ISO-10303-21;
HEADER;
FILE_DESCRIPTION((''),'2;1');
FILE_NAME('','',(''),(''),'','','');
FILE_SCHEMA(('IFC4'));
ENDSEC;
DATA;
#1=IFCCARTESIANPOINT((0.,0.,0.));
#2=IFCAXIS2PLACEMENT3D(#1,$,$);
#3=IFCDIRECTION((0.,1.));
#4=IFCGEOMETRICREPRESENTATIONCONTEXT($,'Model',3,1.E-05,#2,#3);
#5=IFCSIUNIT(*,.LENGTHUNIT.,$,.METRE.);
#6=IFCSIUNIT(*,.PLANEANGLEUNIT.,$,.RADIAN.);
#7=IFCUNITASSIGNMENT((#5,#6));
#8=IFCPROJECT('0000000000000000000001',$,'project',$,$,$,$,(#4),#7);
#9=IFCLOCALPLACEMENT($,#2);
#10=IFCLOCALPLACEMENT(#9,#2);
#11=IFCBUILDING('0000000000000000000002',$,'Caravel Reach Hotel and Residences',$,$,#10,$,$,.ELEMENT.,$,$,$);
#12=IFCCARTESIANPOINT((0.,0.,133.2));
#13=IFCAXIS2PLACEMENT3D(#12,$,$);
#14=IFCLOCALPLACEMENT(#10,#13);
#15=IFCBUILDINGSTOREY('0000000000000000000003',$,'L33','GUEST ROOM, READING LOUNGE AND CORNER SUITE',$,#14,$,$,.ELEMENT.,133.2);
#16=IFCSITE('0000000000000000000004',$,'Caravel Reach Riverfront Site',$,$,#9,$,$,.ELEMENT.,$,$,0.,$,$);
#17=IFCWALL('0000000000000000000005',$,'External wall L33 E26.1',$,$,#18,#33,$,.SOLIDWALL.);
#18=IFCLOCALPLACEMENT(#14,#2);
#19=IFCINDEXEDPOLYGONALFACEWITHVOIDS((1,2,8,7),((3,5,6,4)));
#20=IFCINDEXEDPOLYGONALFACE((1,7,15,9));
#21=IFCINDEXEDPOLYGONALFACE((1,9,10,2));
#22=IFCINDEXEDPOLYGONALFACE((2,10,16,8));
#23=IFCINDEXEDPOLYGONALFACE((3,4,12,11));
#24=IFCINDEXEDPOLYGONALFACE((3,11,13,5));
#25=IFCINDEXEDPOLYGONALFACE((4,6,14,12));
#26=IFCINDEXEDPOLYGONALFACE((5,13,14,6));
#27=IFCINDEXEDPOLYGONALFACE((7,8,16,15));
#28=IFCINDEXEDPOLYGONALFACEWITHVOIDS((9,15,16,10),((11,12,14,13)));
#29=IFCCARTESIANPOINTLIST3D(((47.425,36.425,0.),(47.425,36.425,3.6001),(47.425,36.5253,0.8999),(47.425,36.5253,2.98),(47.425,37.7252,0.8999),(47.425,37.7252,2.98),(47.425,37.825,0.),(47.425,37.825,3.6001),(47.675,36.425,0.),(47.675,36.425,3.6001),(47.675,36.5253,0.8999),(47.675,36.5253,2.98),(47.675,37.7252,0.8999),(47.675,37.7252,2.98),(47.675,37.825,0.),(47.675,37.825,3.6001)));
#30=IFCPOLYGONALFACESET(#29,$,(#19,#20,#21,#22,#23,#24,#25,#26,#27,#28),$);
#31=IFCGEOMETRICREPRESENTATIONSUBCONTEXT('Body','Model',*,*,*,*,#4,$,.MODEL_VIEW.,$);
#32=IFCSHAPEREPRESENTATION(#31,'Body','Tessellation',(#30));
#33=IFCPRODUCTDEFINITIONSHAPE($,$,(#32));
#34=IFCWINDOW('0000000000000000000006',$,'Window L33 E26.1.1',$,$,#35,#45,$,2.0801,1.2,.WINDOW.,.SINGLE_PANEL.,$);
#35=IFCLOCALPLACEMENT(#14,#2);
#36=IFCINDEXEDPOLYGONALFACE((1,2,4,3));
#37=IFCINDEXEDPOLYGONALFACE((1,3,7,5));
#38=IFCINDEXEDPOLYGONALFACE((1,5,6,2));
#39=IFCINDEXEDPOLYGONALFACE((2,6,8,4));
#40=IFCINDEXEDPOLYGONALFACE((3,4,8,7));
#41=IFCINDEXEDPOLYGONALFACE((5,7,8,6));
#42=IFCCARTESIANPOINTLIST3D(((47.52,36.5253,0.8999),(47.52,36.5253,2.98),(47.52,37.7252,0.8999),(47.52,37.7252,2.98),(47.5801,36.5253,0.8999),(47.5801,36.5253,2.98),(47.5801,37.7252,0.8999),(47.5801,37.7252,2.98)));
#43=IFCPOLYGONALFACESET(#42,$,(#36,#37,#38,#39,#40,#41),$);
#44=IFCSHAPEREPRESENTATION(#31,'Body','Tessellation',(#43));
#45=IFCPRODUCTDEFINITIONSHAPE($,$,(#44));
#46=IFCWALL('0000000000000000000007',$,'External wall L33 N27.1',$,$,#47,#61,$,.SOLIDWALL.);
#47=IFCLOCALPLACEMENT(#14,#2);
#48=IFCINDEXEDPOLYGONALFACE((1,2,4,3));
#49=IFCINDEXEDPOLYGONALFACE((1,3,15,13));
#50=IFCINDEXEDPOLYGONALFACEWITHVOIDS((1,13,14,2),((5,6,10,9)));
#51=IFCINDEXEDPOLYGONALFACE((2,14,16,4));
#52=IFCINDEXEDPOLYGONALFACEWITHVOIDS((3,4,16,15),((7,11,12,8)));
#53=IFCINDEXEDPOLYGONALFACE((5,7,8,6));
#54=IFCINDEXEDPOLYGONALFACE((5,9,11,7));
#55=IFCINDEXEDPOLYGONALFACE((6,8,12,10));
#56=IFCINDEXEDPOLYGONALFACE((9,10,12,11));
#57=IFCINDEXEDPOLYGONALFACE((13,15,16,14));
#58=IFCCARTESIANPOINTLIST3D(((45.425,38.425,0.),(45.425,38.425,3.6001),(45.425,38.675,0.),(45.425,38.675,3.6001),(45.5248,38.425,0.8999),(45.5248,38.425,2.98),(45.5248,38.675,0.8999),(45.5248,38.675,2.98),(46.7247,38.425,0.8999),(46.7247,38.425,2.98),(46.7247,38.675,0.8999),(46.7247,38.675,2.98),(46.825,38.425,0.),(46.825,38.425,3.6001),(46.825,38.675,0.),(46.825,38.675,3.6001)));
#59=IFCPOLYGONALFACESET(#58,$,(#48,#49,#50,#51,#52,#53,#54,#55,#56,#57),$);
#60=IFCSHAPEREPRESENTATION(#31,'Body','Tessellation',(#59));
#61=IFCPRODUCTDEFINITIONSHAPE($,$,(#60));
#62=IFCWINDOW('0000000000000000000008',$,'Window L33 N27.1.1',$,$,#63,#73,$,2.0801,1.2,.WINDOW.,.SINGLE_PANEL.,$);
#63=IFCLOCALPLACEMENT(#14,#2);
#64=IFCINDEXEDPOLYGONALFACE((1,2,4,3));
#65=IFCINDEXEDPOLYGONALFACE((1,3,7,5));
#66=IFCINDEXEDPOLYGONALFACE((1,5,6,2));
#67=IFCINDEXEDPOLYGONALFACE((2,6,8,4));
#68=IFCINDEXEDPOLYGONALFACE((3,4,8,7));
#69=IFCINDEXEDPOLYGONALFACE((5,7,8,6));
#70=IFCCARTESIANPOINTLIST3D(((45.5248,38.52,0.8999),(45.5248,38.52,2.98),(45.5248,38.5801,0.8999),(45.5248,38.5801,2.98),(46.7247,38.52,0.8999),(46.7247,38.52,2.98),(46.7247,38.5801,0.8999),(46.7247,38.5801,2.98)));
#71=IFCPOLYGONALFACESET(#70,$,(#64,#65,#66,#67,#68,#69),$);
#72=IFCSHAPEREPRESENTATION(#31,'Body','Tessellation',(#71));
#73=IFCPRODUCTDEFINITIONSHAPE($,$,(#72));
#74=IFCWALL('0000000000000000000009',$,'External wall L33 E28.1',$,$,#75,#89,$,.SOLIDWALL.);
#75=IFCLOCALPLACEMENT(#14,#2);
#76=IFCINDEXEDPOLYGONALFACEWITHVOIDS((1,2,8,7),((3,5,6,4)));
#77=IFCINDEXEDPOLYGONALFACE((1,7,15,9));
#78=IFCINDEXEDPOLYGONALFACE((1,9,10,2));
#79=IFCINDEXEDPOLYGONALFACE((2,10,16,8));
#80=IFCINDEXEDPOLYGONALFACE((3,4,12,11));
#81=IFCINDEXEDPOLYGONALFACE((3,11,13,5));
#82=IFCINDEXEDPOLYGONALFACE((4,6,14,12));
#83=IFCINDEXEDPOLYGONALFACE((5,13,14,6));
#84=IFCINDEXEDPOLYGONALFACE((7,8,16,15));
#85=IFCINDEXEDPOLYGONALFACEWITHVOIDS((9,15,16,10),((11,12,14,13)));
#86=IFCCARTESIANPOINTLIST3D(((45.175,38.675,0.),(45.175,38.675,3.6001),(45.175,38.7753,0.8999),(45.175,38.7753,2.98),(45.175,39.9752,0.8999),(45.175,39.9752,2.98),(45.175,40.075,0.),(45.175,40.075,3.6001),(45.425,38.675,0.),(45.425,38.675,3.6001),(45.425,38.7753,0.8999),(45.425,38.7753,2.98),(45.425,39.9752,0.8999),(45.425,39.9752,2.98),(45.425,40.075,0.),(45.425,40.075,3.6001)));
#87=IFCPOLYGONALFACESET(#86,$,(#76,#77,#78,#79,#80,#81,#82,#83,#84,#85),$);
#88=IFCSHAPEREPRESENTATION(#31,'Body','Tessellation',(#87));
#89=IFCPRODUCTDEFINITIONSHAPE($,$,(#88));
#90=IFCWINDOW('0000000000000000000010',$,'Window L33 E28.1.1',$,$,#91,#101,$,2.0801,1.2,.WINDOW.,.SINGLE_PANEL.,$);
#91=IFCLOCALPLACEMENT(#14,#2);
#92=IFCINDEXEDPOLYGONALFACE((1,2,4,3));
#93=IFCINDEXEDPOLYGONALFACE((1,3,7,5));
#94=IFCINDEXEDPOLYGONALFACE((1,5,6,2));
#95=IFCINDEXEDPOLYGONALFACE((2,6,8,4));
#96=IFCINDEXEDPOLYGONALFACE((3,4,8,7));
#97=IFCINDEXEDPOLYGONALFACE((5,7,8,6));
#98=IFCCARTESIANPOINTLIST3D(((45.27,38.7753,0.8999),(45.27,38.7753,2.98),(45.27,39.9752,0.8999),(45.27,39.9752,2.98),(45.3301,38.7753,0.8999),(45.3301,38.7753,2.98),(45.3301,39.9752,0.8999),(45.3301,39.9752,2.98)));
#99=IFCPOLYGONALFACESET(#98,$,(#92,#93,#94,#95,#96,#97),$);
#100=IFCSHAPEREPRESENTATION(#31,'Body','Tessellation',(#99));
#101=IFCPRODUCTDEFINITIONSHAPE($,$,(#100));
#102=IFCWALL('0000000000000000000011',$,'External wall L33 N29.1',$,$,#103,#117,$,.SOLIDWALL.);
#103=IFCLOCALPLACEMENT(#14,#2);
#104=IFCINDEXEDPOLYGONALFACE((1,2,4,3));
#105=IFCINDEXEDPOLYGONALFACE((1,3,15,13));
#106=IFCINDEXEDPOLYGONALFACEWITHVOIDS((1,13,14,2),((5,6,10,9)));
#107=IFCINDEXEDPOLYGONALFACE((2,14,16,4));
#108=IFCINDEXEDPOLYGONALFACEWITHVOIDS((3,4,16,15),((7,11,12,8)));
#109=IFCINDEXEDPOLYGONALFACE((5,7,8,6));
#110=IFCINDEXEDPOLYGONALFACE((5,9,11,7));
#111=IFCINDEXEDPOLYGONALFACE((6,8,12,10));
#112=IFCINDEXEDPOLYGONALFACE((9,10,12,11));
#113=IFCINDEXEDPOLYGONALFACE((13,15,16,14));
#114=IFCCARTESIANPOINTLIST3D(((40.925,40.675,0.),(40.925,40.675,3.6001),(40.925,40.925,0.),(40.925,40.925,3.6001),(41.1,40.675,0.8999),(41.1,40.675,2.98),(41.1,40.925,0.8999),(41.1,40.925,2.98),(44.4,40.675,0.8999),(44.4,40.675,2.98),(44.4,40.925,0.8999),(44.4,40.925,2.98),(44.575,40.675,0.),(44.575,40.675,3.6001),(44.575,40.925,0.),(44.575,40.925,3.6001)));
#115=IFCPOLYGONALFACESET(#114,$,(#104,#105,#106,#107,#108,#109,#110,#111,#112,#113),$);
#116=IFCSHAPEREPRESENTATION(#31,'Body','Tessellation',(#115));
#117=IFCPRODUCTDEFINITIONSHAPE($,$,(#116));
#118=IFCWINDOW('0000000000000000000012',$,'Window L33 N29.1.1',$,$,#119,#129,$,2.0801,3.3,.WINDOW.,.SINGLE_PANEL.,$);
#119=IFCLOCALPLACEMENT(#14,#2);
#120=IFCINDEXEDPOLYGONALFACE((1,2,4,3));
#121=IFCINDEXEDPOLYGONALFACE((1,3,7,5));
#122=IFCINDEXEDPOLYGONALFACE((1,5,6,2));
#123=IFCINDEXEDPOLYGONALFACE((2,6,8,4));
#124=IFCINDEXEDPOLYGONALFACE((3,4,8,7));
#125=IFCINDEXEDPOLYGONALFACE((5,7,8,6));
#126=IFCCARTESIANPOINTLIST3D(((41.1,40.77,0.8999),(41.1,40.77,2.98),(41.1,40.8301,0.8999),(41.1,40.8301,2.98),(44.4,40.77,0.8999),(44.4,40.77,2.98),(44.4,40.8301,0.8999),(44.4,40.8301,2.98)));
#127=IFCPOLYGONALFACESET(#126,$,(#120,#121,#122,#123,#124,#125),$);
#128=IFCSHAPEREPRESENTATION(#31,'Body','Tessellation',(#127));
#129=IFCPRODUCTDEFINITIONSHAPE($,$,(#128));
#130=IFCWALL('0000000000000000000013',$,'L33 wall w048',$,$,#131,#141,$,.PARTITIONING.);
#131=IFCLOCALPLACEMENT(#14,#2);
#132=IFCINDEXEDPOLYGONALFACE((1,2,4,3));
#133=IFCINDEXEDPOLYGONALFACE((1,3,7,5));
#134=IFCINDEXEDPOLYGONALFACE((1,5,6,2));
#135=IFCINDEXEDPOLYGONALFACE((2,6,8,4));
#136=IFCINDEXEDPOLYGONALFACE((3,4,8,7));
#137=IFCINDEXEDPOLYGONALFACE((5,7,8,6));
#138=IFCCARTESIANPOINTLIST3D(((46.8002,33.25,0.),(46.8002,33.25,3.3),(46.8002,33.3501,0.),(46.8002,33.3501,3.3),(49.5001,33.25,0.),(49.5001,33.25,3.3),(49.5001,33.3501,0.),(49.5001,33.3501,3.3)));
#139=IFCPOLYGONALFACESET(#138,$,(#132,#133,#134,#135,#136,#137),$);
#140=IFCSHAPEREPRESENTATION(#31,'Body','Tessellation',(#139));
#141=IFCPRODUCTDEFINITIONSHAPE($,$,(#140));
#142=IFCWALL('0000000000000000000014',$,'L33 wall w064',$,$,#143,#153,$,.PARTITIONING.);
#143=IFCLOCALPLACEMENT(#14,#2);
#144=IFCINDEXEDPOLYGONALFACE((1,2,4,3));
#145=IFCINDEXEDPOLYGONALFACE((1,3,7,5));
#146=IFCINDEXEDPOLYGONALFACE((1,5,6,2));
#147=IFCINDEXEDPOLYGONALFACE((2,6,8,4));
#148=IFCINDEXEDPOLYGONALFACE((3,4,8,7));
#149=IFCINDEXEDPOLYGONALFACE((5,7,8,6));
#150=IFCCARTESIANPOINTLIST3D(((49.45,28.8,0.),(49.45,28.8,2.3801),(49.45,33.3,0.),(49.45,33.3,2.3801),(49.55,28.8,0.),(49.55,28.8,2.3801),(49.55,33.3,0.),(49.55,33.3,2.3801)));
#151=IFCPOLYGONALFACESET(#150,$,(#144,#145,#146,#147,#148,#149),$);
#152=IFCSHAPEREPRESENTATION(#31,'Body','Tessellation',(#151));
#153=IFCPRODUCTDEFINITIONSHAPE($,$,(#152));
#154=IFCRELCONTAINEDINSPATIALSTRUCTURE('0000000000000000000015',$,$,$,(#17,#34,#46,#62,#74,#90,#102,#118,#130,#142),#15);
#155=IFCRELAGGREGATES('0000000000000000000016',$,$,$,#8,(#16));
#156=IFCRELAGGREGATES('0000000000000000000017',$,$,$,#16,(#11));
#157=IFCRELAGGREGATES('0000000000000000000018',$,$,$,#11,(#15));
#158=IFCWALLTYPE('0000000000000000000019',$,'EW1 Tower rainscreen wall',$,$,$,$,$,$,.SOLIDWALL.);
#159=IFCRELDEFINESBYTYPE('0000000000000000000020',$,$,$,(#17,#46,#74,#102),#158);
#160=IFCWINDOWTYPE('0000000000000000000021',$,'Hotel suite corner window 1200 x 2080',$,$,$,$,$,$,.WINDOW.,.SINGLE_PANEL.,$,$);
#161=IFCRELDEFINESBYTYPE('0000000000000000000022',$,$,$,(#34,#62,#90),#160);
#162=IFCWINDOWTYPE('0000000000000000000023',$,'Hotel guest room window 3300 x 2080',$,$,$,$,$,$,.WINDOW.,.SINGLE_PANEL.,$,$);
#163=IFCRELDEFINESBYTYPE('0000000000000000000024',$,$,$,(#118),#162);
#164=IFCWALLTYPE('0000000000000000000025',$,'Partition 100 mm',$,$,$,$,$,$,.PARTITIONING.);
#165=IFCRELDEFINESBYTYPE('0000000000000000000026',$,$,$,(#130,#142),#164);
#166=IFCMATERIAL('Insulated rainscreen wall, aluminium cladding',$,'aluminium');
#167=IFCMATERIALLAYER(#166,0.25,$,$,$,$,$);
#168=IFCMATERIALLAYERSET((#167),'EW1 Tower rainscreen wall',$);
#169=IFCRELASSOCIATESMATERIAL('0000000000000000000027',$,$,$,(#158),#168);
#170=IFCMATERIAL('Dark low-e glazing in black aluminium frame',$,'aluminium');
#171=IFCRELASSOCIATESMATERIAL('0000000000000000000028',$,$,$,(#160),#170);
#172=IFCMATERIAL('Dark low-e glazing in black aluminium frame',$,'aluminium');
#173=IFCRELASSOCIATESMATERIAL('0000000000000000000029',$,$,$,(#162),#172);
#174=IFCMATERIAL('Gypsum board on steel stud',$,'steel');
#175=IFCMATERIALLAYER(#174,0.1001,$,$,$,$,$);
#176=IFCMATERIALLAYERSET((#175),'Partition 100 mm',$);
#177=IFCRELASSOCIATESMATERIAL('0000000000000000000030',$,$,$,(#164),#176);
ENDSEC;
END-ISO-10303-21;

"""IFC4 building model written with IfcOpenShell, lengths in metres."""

from ifc_helpers import new_model, si_unit, direction, frame, frame_2d, origin, place, context, subcontext, project, spatial, rectangle, extrude, material, layer, layer_set, type_object, element, fill, save


model = new_model("IFC4")

# Units and contexts
model_context = context("Model", 3, precision=1e-05, world=origin(), true_north=direction((0.0, 1.0)))
body_context = subcontext(model_context, "Body", "Model", "MODEL_VIEW")
ifc_project = project(units=[si_unit("LENGTHUNIT", "METRE"), si_unit("PLANEANGLEUNIT", "RADIAN")], contexts=[model_context])

# Site, building, storey
site_placement = place(None, origin())
site = spatial("IfcSite", under=ifc_project, at=site_placement, Name="Caravel Reach Riverfront Site", CompositionType="ELEMENT", RefElevation=0.0)
building_placement = place(site_placement, origin())
building = spatial("IfcBuilding", under=site, at=building_placement, Name="Caravel Reach Hotel and Residences", CompositionType="ELEMENT")
storey_placement = place(building_placement, frame((0.0, 0.0, 133.2)))
storey = spatial("IfcBuildingStorey", under=building, at=storey_placement, Name="L33", Description="GUEST ROOM, READING LOUNGE AND CORNER SUITE", CompositionType="ELEMENT", Elevation=133.2)

# Walls, openings, windows
ifc_material_1 = material(Name="Insulated rainscreen wall, aluminium cladding", Category="aluminium")
ifc_layer_1 = layer(ifc_material_1, 0.25)
ifc_layer_set_1 = layer_set([ifc_layer_1], Name="EW1 Tower rainscreen wall")
wall_type_1 = type_object("IfcWallType", Name="EW1 Tower rainscreen wall", PredefinedType="SOLIDWALL", material=ifc_layer_set_1)
ifc_material_2 = material(Name="Dark low-e glazing in black aluminium frame", Category="aluminium")
window_type_1 = type_object("IfcWindowType", Name="Hotel suite corner window 1200 x 2080", PartitioningType="SINGLE_PANEL", PredefinedType="WINDOW", material=ifc_material_2)
wall_1_placement = place(storey_placement, frame((47.55, 36.425, 0.0), z_axis=(0.0, 0.0, 1.0), x_axis=(0.0, 1.0, 0.0)))
wall_1 = element("IfcWall", 1, at=wall_1_placement, inside=storey, type_object=wall_type_1, Name="External wall L33 E26.1", PredefinedType="SOLIDWALL", context=body_context, shape_type="SweptSolid", body=[
    extrude(rectangle(XDim=1.3999, YDim=0.25, at=frame_2d((0.7, 0.0))), origin(), (0.0, 0.0, 1.0), 3.6001),
])
opening_1_placement = place(wall_1_placement, frame((0.1001, 0.0, 0.8999)))
opening_1 = element("IfcOpeningElement", 2, at=opening_1_placement, cuts=wall_1, PredefinedType="OPENING", context=body_context, shape_type="SweptSolid", body=[
    extrude(rectangle(XDim=1.2, YDim=2.0801, at=frame_2d((0.6001, 1.04))), frame((0.0, 0.135, 0.0), z_axis=(0.0, -1.0, 0.0), x_axis=(1.0, 0.0, 0.0)), (0.0, 0.0, 1.0), 0.27),
])
window_1_placement = place(opening_1_placement, origin())
window_1 = element("IfcWindow", 3, at=window_1_placement, inside=storey, type_object=window_type_1, Name="Window L33 E26.1.1", OverallHeight=2.0801, OverallWidth=1.2, PartitioningType="SINGLE_PANEL", PredefinedType="WINDOW", context=body_context, shape_type="SweptSolid", body=[
    extrude(rectangle(XDim=1.2, YDim=2.0801, at=frame_2d((0.6001, 1.04))), frame((0.0, 0.03, 0.0), z_axis=(0.0, -1.0, 0.0), x_axis=(1.0, 0.0, 0.0)), (0.0, 0.0, 1.0), 0.0601),
])
fill(opening_1, window_1)
wall_2_placement = place(storey_placement, frame((46.825, 38.55, 0.0), z_axis=(0.0, 0.0, 1.0), x_axis=(-1.0, 0.0, 0.0)))
wall_2 = element("IfcWall", 4, at=wall_2_placement, inside=storey, type_object=wall_type_1, Name="External wall L33 N27.1", PredefinedType="SOLIDWALL", context=body_context, shape_type="SweptSolid", body=[
    extrude(rectangle(XDim=1.3999, YDim=0.25, at=frame_2d((0.7, 0.0))), origin(), (0.0, 0.0, 1.0), 3.6001),
])
opening_2_placement = place(wall_2_placement, frame((0.1001, 0.0, 0.8999)))
opening_2 = element("IfcOpeningElement", 5, at=opening_2_placement, cuts=wall_2, PredefinedType="OPENING", context=body_context, shape_type="SweptSolid", body=[
    extrude(rectangle(XDim=1.2, YDim=2.0801, at=frame_2d((0.6001, 1.04))), frame((0.0, 0.135, 0.0), z_axis=(0.0, -1.0, 0.0), x_axis=(1.0, 0.0, 0.0)), (0.0, 0.0, 1.0), 0.27),
])
window_2_placement = place(opening_2_placement, origin())
window_2 = element("IfcWindow", 6, at=window_2_placement, inside=storey, type_object=window_type_1, Name="Window L33 N27.1.1", OverallHeight=2.0801, OverallWidth=1.2, PartitioningType="SINGLE_PANEL", PredefinedType="WINDOW", context=body_context, shape_type="SweptSolid", body=[
    extrude(rectangle(XDim=1.2, YDim=2.0801, at=frame_2d((0.6001, 1.04))), frame((0.0, 0.03, 0.0), z_axis=(0.0, -1.0, 0.0), x_axis=(1.0, 0.0, 0.0)), (0.0, 0.0, 1.0), 0.0601),
])
fill(opening_2, window_2)
wall_3_placement = place(storey_placement, frame((45.3, 38.675, 0.0), z_axis=(0.0, 0.0, 1.0), x_axis=(0.0, 1.0, 0.0)))
wall_3 = element("IfcWall", 7, at=wall_3_placement, inside=storey, type_object=wall_type_1, Name="External wall L33 E28.1", PredefinedType="SOLIDWALL", context=body_context, shape_type="SweptSolid", body=[
    extrude(rectangle(XDim=1.3999, YDim=0.25, at=frame_2d((0.7, 0.0))), origin(), (0.0, 0.0, 1.0), 3.6001),
])
opening_3_placement = place(wall_3_placement, frame((0.1001, 0.0, 0.8999)))
opening_3 = element("IfcOpeningElement", 8, at=opening_3_placement, cuts=wall_3, PredefinedType="OPENING", context=body_context, shape_type="SweptSolid", body=[
    extrude(rectangle(XDim=1.2, YDim=2.0801, at=frame_2d((0.6001, 1.04))), frame((0.0, 0.135, 0.0), z_axis=(0.0, -1.0, 0.0), x_axis=(1.0, 0.0, 0.0)), (0.0, 0.0, 1.0), 0.27),
])
window_3_placement = place(opening_3_placement, origin())
window_3 = element("IfcWindow", 9, at=window_3_placement, inside=storey, type_object=window_type_1, Name="Window L33 E28.1.1", OverallHeight=2.0801, OverallWidth=1.2, PartitioningType="SINGLE_PANEL", PredefinedType="WINDOW", context=body_context, shape_type="SweptSolid", body=[
    extrude(rectangle(XDim=1.2, YDim=2.0801, at=frame_2d((0.6001, 1.04))), frame((0.0, 0.03, 0.0), z_axis=(0.0, -1.0, 0.0), x_axis=(1.0, 0.0, 0.0)), (0.0, 0.0, 1.0), 0.0601),
])
fill(opening_3, window_3)
wall_4_placement = place(storey_placement, frame((44.575, 40.8, 0.0), z_axis=(0.0, 0.0, 1.0), x_axis=(-1.0, 0.0, 0.0)))
wall_4 = element("IfcWall", 10, at=wall_4_placement, inside=storey, type_object=wall_type_1, Name="External wall L33 N29.1", PredefinedType="SOLIDWALL", context=body_context, shape_type="SweptSolid", body=[
    extrude(rectangle(XDim=3.6499, YDim=0.25, at=frame_2d((1.825, 0.0))), origin(), (0.0, 0.0, 1.0), 3.6001),
])
opening_4_placement = place(wall_4_placement, frame((0.175, 0.0, 0.8999)))
opening_4 = element("IfcOpeningElement", 11, at=opening_4_placement, cuts=wall_4, PredefinedType="OPENING", context=body_context, shape_type="SweptSolid", body=[
    extrude(rectangle(XDim=3.3, YDim=2.0801, at=frame_2d((1.6499, 1.04))), frame((0.0, 0.135, 0.0), z_axis=(0.0, -1.0, 0.0), x_axis=(1.0, 0.0, 0.0)), (0.0, 0.0, 1.0), 0.27),
])
ifc_material_3 = material(Name="Dark low-e glazing in black aluminium frame", Category="aluminium")
window_type_2 = type_object("IfcWindowType", Name="Hotel guest room window 3300 x 2080", PartitioningType="SINGLE_PANEL", PredefinedType="WINDOW", material=ifc_material_3)
window_4_placement = place(opening_4_placement, origin())
window_4 = element("IfcWindow", 12, at=window_4_placement, inside=storey, type_object=window_type_2, Name="Window L33 N29.1.1", OverallHeight=2.0801, OverallWidth=3.3, PartitioningType="SINGLE_PANEL", PredefinedType="WINDOW", context=body_context, shape_type="SweptSolid", body=[
    extrude(rectangle(XDim=3.3, YDim=2.0801, at=frame_2d((1.6499, 1.04))), frame((0.0, 0.03, 0.0), z_axis=(0.0, -1.0, 0.0), x_axis=(1.0, 0.0, 0.0)), (0.0, 0.0, 1.0), 0.0601),
])
fill(opening_4, window_4)

# Walls
ifc_material_4 = material(Name="Gypsum board on steel stud", Category="steel")
ifc_layer_2 = layer(ifc_material_4, 0.1001)
ifc_layer_set_2 = layer_set([ifc_layer_2], Name="Partition 100 mm")
wall_type_2 = type_object("IfcWallType", Name="Partition 100 mm", PredefinedType="PARTITIONING", material=ifc_layer_set_2)
wall_5_placement = place(storey_placement, frame((46.8, 33.3, 0.0), z_axis=(0.0, 0.0, 1.0), x_axis=(1.0, 0.0, 0.0)))
element("IfcWall", 13, at=wall_5_placement, inside=storey, type_object=wall_type_2, Name="L33 wall w048", PredefinedType="PARTITIONING", context=body_context, shape_type="SweptSolid", body=[
    extrude(rectangle(XDim=2.7, YDim=0.1001, at=frame_2d((1.3501, 0.0))), origin(), (0.0, 0.0, 1.0), 3.3),
])
wall_6_placement = place(storey_placement, frame((49.5, 28.8, 0.0), z_axis=(0.0, 0.0, 1.0), x_axis=(0.0, 1.0, 0.0)))
element("IfcWall", 14, at=wall_6_placement, inside=storey, type_object=wall_type_2, Name="L33 wall w064", PredefinedType="PARTITIONING", context=body_context, shape_type="SweptSolid", body=[
    extrude(rectangle(XDim=4.5, YDim=0.1001, at=frame_2d((2.25, 0.0))), origin(), (0.0, 0.0, 1.0), 2.3801),
])

save(model, "model.ifc")
